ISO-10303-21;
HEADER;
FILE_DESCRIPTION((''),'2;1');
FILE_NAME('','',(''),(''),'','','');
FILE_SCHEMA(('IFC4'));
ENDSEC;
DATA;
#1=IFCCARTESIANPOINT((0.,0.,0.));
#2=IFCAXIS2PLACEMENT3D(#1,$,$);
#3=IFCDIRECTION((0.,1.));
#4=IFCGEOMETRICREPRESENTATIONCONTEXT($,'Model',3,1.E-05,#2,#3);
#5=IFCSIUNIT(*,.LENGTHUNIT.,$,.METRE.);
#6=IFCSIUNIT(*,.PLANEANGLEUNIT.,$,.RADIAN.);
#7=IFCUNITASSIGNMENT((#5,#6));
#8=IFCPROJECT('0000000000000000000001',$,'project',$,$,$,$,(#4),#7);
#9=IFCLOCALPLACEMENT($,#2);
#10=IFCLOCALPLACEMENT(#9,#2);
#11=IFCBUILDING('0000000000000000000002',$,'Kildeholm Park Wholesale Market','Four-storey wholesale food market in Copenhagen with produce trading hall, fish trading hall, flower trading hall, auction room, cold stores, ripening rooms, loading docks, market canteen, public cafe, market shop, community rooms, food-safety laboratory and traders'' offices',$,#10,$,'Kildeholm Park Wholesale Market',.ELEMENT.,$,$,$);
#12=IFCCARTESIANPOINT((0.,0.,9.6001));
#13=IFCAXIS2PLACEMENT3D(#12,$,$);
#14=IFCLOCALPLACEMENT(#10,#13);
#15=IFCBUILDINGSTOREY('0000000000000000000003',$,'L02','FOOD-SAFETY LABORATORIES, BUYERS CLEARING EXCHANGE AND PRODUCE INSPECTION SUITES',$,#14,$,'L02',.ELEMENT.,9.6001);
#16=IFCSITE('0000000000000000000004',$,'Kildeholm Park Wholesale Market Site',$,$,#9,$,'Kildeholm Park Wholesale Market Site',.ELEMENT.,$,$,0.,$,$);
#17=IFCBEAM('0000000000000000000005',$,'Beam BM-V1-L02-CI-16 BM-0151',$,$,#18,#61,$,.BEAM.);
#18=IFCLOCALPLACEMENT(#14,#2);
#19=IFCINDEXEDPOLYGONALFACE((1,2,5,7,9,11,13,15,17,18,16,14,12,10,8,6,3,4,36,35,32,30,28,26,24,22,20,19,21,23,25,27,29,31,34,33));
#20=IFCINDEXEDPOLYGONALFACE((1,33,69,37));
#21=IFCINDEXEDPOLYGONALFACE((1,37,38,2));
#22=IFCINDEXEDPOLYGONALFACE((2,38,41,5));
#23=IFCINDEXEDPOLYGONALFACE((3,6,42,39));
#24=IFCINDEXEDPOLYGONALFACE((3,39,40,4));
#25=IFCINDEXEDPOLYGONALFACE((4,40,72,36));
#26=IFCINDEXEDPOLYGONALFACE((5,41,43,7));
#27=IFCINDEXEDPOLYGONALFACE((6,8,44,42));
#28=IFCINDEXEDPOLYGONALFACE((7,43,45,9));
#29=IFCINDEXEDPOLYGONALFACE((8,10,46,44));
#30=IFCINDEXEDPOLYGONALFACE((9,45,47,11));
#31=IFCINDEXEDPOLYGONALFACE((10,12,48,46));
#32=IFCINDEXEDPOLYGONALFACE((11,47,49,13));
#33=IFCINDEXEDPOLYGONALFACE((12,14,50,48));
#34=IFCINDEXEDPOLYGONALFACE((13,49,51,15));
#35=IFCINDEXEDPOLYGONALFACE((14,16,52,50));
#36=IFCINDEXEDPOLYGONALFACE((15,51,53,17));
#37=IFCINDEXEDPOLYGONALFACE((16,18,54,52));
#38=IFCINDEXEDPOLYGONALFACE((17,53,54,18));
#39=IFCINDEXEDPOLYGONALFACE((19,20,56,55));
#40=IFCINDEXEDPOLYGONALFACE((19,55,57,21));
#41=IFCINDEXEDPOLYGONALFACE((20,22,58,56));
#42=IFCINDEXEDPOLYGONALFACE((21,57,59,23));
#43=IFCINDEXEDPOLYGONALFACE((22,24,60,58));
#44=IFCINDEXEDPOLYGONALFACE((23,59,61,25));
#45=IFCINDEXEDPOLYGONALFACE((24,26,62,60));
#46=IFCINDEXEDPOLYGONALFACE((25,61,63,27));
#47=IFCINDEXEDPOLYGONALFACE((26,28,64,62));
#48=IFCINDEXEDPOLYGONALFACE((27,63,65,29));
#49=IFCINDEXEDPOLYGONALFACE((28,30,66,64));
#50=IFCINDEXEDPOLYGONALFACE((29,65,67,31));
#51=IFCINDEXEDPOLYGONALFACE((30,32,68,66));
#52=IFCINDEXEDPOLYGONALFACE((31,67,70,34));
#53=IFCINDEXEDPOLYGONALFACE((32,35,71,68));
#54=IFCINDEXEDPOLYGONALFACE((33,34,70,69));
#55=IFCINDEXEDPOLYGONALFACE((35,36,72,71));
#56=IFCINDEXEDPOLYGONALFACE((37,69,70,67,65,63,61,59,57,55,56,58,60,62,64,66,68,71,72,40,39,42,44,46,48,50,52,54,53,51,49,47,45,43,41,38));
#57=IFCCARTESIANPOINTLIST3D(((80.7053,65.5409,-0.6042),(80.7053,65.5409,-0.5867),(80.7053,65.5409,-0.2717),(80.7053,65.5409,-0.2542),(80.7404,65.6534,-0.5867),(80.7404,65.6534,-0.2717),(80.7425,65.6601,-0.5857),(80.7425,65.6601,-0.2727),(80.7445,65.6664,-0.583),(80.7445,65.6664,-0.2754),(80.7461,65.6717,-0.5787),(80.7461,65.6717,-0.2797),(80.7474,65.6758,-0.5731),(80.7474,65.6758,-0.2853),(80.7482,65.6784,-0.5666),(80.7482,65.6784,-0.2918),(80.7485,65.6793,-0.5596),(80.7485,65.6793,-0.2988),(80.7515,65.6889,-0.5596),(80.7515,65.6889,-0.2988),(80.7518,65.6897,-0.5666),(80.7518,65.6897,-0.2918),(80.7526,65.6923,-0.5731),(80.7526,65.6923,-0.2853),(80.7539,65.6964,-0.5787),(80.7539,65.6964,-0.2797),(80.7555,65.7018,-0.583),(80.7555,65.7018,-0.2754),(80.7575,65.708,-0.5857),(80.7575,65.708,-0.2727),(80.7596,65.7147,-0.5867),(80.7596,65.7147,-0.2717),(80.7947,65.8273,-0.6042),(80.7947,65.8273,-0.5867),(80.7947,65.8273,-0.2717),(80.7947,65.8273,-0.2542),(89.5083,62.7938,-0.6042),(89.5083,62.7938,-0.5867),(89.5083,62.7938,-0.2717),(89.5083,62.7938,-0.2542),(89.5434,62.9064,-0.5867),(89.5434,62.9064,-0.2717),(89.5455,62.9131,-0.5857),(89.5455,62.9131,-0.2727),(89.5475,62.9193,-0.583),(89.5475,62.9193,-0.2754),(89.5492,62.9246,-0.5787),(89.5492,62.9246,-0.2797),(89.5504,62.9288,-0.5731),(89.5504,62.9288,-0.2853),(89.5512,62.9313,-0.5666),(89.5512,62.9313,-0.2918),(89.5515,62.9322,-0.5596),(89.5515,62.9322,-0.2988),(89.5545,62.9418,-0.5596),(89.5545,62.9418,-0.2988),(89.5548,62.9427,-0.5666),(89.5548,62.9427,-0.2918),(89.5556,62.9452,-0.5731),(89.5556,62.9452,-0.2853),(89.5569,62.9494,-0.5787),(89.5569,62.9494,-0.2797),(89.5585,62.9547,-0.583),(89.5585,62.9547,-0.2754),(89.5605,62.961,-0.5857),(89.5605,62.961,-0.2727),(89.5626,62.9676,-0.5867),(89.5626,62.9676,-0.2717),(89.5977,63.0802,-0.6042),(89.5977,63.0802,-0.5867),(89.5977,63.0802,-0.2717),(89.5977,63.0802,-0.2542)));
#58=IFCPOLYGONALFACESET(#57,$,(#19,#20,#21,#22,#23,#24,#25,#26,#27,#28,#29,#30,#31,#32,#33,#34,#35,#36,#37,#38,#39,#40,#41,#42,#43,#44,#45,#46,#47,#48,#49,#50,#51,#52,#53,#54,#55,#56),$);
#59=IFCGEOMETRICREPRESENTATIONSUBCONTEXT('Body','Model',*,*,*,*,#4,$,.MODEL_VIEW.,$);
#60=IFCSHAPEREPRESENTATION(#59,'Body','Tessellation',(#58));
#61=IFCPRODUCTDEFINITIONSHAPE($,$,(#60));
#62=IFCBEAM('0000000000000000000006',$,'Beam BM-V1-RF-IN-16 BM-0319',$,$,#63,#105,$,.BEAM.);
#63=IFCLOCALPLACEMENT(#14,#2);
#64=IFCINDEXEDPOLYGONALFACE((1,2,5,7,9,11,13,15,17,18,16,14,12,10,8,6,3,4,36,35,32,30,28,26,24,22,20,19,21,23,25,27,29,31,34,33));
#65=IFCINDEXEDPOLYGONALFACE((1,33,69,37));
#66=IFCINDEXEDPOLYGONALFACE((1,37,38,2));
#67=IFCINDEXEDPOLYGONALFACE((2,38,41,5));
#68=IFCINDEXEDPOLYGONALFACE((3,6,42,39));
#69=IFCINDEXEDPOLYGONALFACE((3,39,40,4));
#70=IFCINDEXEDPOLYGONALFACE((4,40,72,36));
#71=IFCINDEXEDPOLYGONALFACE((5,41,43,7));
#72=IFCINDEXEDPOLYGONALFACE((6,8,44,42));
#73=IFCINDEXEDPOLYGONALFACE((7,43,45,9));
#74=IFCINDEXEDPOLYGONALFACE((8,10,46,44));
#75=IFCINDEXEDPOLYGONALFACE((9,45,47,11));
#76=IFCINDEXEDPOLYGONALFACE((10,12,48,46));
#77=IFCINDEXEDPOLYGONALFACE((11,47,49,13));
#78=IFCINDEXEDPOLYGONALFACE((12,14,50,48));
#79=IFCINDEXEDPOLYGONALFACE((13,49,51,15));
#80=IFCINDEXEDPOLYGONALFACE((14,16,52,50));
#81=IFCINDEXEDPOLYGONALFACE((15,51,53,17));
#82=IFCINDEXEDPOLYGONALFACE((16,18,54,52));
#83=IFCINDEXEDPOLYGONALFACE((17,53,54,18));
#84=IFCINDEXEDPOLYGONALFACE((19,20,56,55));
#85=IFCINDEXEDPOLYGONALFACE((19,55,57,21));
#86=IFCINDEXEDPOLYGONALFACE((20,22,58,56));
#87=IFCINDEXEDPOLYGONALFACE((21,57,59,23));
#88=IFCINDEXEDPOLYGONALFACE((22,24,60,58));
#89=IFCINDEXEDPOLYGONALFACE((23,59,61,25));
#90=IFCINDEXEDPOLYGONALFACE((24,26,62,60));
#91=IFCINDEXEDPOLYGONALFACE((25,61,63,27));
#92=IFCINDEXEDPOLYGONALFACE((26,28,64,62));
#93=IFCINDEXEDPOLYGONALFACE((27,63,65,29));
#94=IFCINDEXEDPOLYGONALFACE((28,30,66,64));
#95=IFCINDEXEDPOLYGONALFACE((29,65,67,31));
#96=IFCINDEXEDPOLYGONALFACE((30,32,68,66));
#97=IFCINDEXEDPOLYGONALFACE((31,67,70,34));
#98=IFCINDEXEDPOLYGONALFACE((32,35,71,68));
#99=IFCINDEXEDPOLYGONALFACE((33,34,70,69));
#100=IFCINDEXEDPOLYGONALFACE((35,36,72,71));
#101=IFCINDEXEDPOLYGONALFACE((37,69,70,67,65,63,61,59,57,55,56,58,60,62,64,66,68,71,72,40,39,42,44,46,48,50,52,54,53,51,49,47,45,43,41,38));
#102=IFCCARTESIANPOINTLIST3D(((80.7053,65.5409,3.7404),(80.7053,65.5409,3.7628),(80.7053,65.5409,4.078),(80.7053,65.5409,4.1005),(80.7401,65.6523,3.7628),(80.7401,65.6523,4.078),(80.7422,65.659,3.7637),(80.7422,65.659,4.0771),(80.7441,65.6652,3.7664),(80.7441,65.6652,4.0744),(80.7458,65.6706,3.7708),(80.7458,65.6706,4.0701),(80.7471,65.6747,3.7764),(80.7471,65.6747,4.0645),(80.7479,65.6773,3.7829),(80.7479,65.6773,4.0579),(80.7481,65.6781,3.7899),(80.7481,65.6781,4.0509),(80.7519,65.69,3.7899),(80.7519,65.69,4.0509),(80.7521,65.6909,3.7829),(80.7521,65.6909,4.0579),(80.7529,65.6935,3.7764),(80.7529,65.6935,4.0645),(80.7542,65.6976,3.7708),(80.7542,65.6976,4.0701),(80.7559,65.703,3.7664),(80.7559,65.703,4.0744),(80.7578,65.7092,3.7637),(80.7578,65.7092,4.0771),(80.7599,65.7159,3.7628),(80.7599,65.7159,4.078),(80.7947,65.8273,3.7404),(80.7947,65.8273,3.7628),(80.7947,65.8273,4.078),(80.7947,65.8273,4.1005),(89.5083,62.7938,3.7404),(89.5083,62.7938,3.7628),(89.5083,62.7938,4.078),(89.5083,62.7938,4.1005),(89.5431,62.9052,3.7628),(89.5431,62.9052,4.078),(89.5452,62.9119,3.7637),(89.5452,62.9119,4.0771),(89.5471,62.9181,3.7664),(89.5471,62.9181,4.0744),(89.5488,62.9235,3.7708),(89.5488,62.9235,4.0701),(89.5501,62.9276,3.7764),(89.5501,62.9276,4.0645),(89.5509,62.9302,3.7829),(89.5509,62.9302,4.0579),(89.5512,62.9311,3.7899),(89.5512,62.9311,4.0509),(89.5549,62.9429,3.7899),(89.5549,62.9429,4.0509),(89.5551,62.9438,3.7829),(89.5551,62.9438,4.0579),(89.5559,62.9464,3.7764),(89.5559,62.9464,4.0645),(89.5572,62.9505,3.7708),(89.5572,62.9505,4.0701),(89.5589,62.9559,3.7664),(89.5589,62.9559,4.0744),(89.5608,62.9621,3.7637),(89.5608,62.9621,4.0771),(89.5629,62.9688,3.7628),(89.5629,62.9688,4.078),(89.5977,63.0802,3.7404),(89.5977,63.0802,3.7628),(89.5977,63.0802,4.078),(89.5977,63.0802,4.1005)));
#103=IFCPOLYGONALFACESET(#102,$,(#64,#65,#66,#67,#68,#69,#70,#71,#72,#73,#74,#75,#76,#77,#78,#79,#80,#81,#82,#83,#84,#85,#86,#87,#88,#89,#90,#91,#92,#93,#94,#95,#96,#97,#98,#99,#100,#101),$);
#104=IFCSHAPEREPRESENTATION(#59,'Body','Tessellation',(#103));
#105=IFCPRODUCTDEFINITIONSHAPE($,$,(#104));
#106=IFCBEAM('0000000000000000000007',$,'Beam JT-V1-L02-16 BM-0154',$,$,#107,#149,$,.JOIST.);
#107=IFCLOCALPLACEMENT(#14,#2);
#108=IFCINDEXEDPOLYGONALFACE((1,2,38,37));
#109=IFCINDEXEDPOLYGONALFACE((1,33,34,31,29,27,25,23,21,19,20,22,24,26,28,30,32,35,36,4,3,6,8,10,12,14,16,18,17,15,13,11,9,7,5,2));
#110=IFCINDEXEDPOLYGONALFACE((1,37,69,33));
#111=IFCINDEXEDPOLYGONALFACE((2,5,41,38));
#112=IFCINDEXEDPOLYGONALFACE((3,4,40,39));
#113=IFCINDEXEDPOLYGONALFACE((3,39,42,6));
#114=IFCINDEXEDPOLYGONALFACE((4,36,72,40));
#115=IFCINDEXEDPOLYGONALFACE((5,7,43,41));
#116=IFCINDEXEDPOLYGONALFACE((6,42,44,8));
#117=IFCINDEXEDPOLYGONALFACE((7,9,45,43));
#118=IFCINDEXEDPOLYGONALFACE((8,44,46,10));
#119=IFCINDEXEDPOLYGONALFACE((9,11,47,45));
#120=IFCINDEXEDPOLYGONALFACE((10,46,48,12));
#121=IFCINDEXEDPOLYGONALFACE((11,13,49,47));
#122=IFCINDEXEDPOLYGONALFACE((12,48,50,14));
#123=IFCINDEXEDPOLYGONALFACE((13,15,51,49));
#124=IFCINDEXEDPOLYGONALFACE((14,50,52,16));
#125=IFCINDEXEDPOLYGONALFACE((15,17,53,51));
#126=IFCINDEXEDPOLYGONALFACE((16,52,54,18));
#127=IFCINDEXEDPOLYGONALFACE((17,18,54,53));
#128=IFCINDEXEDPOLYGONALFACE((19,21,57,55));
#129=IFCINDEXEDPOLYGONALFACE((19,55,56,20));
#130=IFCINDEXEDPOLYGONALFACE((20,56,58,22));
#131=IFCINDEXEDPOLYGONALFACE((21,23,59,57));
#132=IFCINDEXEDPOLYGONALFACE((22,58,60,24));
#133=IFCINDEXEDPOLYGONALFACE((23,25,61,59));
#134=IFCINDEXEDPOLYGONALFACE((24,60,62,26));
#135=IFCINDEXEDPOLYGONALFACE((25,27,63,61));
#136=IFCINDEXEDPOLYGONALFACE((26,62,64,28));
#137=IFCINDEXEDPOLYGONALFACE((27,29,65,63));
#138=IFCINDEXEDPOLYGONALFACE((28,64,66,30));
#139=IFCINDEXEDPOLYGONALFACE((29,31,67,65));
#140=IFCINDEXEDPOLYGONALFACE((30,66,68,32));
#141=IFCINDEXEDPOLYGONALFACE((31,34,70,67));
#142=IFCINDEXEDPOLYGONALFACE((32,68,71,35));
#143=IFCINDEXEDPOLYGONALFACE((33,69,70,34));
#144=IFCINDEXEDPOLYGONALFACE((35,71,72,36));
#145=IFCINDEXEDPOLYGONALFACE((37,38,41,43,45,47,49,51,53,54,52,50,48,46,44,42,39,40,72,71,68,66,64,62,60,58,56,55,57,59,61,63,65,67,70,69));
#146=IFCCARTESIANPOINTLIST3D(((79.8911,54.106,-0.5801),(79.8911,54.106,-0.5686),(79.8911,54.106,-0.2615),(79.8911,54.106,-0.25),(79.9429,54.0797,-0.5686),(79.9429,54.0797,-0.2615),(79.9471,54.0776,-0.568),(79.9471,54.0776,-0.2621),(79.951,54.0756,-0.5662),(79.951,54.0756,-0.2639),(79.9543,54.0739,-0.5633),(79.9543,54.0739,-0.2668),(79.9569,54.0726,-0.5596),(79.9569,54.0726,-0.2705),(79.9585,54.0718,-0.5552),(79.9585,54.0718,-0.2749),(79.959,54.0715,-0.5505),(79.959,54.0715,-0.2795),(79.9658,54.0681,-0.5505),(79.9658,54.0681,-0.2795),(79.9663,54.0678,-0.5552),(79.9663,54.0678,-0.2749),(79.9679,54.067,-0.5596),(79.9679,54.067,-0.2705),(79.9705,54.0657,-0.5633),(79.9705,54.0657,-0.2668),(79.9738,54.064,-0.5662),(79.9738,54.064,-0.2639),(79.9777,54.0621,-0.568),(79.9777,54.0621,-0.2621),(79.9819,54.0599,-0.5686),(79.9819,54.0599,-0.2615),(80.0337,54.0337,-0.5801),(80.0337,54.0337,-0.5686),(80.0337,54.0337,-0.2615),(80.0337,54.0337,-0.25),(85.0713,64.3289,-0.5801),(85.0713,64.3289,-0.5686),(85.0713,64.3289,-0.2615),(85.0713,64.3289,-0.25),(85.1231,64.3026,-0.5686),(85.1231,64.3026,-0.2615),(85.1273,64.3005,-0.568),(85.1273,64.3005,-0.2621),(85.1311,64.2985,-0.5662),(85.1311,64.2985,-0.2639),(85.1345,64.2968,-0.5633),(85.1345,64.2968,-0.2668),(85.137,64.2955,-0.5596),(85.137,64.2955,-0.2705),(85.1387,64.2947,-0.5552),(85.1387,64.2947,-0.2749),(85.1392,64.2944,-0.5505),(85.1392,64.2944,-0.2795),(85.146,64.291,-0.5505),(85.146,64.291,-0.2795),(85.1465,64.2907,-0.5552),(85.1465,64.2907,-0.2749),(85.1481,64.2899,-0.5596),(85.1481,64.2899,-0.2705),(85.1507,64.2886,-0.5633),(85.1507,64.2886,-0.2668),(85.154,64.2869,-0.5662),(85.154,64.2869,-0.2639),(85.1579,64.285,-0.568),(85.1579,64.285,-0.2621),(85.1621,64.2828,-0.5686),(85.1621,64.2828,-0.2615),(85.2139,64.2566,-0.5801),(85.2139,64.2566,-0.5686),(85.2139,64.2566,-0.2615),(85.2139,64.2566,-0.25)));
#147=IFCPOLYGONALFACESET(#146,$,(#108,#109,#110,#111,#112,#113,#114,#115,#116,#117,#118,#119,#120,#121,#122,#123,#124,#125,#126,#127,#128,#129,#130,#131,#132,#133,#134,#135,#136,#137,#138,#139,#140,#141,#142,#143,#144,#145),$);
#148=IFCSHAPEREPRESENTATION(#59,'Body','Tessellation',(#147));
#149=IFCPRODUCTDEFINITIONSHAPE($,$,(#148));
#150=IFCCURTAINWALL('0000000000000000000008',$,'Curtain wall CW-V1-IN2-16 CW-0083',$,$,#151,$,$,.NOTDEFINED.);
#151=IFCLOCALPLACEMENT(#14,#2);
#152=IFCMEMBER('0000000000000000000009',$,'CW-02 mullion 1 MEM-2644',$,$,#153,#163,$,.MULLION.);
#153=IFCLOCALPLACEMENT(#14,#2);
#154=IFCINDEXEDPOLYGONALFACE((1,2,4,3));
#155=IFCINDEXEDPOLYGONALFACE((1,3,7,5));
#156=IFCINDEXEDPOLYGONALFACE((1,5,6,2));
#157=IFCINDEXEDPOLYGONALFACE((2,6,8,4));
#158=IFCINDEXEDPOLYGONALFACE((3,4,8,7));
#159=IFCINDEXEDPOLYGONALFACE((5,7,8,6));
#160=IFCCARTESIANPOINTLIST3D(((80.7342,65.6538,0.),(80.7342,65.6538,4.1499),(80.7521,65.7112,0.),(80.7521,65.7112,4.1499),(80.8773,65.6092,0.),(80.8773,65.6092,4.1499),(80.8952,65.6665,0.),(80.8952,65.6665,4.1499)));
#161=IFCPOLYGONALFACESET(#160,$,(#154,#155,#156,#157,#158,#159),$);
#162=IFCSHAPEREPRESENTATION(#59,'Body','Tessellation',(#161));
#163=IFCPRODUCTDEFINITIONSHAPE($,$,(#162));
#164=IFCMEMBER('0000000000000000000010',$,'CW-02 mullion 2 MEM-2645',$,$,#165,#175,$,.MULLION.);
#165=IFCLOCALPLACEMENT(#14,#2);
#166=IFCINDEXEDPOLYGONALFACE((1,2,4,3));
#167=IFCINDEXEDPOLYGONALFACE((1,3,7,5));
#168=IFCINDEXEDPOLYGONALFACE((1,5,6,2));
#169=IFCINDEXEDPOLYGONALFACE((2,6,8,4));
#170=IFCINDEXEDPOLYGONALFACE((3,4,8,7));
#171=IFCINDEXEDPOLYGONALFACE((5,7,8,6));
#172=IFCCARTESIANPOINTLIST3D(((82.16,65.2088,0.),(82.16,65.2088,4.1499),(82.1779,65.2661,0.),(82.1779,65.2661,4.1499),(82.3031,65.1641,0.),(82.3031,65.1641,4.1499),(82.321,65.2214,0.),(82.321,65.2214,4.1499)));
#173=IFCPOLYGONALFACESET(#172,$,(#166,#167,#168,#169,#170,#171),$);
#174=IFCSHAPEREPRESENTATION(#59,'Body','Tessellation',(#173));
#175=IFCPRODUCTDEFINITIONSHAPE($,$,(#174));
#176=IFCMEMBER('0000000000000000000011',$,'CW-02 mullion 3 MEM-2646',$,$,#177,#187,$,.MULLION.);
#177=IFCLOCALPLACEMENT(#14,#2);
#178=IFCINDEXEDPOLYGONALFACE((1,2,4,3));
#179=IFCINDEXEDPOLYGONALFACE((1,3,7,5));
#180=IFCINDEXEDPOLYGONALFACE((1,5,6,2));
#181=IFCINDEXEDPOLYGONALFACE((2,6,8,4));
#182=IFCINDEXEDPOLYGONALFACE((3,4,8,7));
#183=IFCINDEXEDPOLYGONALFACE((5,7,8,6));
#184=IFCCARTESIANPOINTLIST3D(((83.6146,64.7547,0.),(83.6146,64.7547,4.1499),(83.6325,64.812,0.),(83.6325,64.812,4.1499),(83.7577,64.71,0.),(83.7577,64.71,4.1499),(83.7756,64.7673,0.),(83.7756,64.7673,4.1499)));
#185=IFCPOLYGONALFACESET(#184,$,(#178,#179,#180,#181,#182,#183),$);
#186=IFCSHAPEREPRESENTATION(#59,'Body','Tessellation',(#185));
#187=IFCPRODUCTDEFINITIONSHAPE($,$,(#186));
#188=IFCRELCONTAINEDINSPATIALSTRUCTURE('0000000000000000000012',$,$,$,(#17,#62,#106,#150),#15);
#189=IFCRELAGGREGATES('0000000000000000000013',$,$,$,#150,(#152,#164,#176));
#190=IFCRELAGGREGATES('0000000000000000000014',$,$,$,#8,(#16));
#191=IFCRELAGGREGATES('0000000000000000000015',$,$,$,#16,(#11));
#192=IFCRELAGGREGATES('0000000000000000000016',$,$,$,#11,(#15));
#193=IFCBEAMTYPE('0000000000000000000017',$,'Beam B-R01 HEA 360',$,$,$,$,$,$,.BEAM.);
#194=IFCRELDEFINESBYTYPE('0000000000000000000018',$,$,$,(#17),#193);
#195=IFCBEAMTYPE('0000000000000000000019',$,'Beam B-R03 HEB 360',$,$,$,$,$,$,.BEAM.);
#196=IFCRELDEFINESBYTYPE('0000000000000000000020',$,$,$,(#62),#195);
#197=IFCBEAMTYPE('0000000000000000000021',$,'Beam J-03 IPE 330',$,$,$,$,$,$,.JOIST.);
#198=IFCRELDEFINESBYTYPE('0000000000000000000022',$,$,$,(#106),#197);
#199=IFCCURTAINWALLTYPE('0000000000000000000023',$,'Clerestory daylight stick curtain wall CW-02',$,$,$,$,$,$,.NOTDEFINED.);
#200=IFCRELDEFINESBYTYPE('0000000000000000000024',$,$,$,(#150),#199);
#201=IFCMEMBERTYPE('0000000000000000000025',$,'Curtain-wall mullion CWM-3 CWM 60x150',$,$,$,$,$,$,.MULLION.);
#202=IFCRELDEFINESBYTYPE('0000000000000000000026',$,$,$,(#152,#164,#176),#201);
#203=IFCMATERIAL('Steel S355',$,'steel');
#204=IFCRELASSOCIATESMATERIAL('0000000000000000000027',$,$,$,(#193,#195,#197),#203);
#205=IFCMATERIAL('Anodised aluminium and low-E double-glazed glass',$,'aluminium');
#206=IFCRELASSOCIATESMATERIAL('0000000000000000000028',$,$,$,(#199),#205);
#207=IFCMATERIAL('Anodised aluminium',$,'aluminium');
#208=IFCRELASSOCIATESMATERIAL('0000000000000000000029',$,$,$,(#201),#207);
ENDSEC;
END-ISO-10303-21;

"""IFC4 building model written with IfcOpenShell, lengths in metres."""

from ifc_helpers import new_model, si_unit, direction, frame, origin, origin_2d, place, context, subcontext, project, spatial, rectangle, i_section, extrude, material, material_profile, profile_set, type_object, element, aggregate, save


model = new_model("IFC4")

# Units and contexts
model_context = context("Model", 3, precision=1e-05, world=origin(), true_north=direction((0.0, 1.0)))
body_context = subcontext(model_context, "Body", "Model", "MODEL_VIEW")
ifc_project = project(units=[si_unit("LENGTHUNIT", "METRE"), si_unit("PLANEANGLEUNIT", "RADIAN")], contexts=[model_context])

# Site, building, storey
site_placement = place(None, origin())
site = spatial("IfcSite", under=ifc_project, at=site_placement, Name="Kildeholm Park Wholesale Market Site", LongName="Kildeholm Park Wholesale Market Site", CompositionType="ELEMENT", RefElevation=0.0)
building_placement = place(site_placement, origin())
building = spatial("IfcBuilding", under=site, at=building_placement, Name="Kildeholm Park Wholesale Market", Description="Four-storey wholesale food market in Copenhagen with produce trading hall, fish trading hall, flower trading hall, auction room, cold stores, ripening rooms, loading docks, market canteen, public cafe, market shop, community rooms, food-safety laboratory and traders' offices", LongName="Kildeholm Park Wholesale Market", CompositionType="ELEMENT")
storey_placement = place(building_placement, frame((0.0, 0.0, 9.6001)))
storey = spatial("IfcBuildingStorey", under=building, at=storey_placement, Name="L02", Description="FOOD-SAFETY LABORATORIES, BUYERS CLEARING EXCHANGE AND PRODUCE INSPECTION SUITES", LongName="L02", CompositionType="ELEMENT", Elevation=9.6001)

# Beams
ifc_material_1 = material(Name="Steel S355", Category="steel")
ifc_material_profile_1 = material_profile(ifc_material_1, i_section(OverallWidth=0.3, OverallDepth=0.3501, WebThickness=0.01, FlangeThickness=0.0176, FilletRadius=0.0271, at=origin_2d()), Name="HEA 360")
ifc_profile_set_1 = profile_set([ifc_material_profile_1], Name="Steel S355")
beam_type_1 = type_object("IfcBeamType", Name="Beam B-R01 HEA 360", PredefinedType="BEAM", material=ifc_profile_set_1)
beam_1_placement = place(storey_placement, frame((80.75, 65.6841, -0.4292), z_axis=(0.954599, -0.297894, 0.0), x_axis=(0.297894, 0.954599, 0.0)))
element("IfcBeam", 1, at=beam_1_placement, inside=storey, type_object=beam_type_1, Name="Beam BM-V1-L02-CI-16 BM-0151", PredefinedType="BEAM", context=body_context, shape_type="SweptSolid", body=[
    extrude(i_section(OverallWidth=0.3, OverallDepth=0.3501, WebThickness=0.01, FlangeThickness=0.0176, FilletRadius=0.0271, at=origin_2d()), origin(), (0.0, 0.0, 1.0), 9.2217),
])
ifc_material_profile_2 = material_profile(ifc_material_1, i_section(OverallWidth=0.3, OverallDepth=0.3601, WebThickness=0.0125, FlangeThickness=0.0225, FilletRadius=0.0271, at=origin_2d()), Name="HEB 360")
ifc_profile_set_2 = profile_set([ifc_material_profile_2], Name="Steel S355")
beam_type_2 = type_object("IfcBeamType", Name="Beam B-R03 HEB 360", PredefinedType="BEAM", material=ifc_profile_set_2)
beam_2_placement = place(storey_placement, frame((80.75, 65.6841, 3.9204), z_axis=(0.954599, -0.297894, 0.0), x_axis=(0.297894, 0.954599, 0.0)))
element("IfcBeam", 2, at=beam_2_placement, inside=storey, type_object=beam_type_2, Name="Beam BM-V1-RF-IN-16 BM-0319", PredefinedType="BEAM", context=body_context, shape_type="SweptSolid", body=[
    extrude(i_section(OverallWidth=0.3, OverallDepth=0.3601, WebThickness=0.0125, FlangeThickness=0.0225, FilletRadius=0.0271, at=origin_2d()), origin(), (0.0, 0.0, 1.0), 9.2217),
])
ifc_material_profile_3 = material_profile(ifc_material_1, i_section(OverallWidth=0.1599, OverallDepth=0.3301, WebThickness=0.0076, FlangeThickness=0.0115, FilletRadius=0.0181, at=origin_2d()), Name="IPE 330")
ifc_profile_set_3 = profile_set([ifc_material_profile_3], Name="Steel S355")
beam_type_3 = type_object("IfcBeamType", Name="Beam J-03 IPE 330", PredefinedType="JOIST", material=ifc_profile_set_3)
beam_3_placement = place(storey_placement, frame((85.1426, 64.2927, -0.415), z_axis=(-0.452005, -0.892016, 0.0), x_axis=(0.892016, -0.452005, 0.0)))
element("IfcBeam", 3, at=beam_3_placement, inside=storey, type_object=beam_type_3, Name="Beam JT-V1-L02-16 BM-0154", PredefinedType="JOIST", context=body_context, shape_type="SweptSolid", body=[
    extrude(i_section(OverallWidth=0.1599, OverallDepth=0.3301, WebThickness=0.0076, FlangeThickness=0.0115, FilletRadius=0.0181, at=origin_2d()), origin(), (0.0, 0.0, 1.0), 11.4604),
])

# Curtain wall, members
ifc_material_2 = material(Name="Anodised aluminium and low-E double-glazed glass", Category="aluminium")
curtain_wall_type = type_object("IfcCurtainWallType", Name="Clerestory daylight stick curtain wall CW-02", PredefinedType="NOTDEFINED", material=ifc_material_2)
curtain_wall_placement = place(storey_placement, origin())
curtain_wall = element("IfcCurtainWall", 4, at=curtain_wall_placement, inside=storey, type_object=curtain_wall_type, Name="Curtain wall CW-V1-IN2-16 CW-0083", PredefinedType="NOTDEFINED")
ifc_material_3 = material(Name="Anodised aluminium", Category="aluminium")
ifc_material_profile_4 = material_profile(ifc_material_3, rectangle(XDim=0.0601, YDim=0.1499, at=origin_2d()), Name="CWM 60x150")
ifc_profile_set_4 = profile_set([ifc_material_profile_4], Name="Anodised aluminium")
member_type_1 = type_object("IfcMemberType", Name="Curtain-wall mullion CWM-3 CWM 60x150", PredefinedType="MULLION", material=ifc_profile_set_4)
member_1_placement = place(storey_placement, frame((80.8147, 65.6602, 0.0), z_axis=(0.0, 0.0, 1.0), x_axis=(0.297957, 0.954579, 0.0)))
member_1 = element("IfcMember", 5, at=member_1_placement, type_object=member_type_1, Name="CW-02 mullion 1 MEM-2644", PredefinedType="MULLION", context=body_context, shape_type="SweptSolid", body=[
    extrude(rectangle(XDim=0.0601, YDim=0.1499, at=origin_2d()), origin(), (0.0, 0.0, 1.0), 4.1499),
])
member_2_placement = place(storey_placement, frame((82.2405, 65.2151, 0.0), z_axis=(0.0, 0.0, 1.0), x_axis=(0.297957, 0.954579, 0.0)))
member_2 = element("IfcMember", 6, at=member_2_placement, type_object=member_type_1, Name="CW-02 mullion 2 MEM-2645", PredefinedType="MULLION", context=body_context, shape_type="SweptSolid", body=[
    extrude(rectangle(XDim=0.0601, YDim=0.1499, at=origin_2d()), origin(), (0.0, 0.0, 1.0), 4.1499),
])
member_3_placement = place(storey_placement, frame((83.6951, 64.761, 0.0), z_axis=(0.0, 0.0, 1.0), x_axis=(0.297957, 0.954579, 0.0)))
member_3 = element("IfcMember", 7, at=member_3_placement, type_object=member_type_1, Name="CW-02 mullion 3 MEM-2646", PredefinedType="MULLION", context=body_context, shape_type="SweptSolid", body=[
    extrude(rectangle(XDim=0.0601, YDim=0.1499, at=origin_2d()), origin(), (0.0, 0.0, 1.0), 4.1499),
])
aggregate(curtain_wall, [member_1, member_2, member_3])

save(model, "model.ifc")
